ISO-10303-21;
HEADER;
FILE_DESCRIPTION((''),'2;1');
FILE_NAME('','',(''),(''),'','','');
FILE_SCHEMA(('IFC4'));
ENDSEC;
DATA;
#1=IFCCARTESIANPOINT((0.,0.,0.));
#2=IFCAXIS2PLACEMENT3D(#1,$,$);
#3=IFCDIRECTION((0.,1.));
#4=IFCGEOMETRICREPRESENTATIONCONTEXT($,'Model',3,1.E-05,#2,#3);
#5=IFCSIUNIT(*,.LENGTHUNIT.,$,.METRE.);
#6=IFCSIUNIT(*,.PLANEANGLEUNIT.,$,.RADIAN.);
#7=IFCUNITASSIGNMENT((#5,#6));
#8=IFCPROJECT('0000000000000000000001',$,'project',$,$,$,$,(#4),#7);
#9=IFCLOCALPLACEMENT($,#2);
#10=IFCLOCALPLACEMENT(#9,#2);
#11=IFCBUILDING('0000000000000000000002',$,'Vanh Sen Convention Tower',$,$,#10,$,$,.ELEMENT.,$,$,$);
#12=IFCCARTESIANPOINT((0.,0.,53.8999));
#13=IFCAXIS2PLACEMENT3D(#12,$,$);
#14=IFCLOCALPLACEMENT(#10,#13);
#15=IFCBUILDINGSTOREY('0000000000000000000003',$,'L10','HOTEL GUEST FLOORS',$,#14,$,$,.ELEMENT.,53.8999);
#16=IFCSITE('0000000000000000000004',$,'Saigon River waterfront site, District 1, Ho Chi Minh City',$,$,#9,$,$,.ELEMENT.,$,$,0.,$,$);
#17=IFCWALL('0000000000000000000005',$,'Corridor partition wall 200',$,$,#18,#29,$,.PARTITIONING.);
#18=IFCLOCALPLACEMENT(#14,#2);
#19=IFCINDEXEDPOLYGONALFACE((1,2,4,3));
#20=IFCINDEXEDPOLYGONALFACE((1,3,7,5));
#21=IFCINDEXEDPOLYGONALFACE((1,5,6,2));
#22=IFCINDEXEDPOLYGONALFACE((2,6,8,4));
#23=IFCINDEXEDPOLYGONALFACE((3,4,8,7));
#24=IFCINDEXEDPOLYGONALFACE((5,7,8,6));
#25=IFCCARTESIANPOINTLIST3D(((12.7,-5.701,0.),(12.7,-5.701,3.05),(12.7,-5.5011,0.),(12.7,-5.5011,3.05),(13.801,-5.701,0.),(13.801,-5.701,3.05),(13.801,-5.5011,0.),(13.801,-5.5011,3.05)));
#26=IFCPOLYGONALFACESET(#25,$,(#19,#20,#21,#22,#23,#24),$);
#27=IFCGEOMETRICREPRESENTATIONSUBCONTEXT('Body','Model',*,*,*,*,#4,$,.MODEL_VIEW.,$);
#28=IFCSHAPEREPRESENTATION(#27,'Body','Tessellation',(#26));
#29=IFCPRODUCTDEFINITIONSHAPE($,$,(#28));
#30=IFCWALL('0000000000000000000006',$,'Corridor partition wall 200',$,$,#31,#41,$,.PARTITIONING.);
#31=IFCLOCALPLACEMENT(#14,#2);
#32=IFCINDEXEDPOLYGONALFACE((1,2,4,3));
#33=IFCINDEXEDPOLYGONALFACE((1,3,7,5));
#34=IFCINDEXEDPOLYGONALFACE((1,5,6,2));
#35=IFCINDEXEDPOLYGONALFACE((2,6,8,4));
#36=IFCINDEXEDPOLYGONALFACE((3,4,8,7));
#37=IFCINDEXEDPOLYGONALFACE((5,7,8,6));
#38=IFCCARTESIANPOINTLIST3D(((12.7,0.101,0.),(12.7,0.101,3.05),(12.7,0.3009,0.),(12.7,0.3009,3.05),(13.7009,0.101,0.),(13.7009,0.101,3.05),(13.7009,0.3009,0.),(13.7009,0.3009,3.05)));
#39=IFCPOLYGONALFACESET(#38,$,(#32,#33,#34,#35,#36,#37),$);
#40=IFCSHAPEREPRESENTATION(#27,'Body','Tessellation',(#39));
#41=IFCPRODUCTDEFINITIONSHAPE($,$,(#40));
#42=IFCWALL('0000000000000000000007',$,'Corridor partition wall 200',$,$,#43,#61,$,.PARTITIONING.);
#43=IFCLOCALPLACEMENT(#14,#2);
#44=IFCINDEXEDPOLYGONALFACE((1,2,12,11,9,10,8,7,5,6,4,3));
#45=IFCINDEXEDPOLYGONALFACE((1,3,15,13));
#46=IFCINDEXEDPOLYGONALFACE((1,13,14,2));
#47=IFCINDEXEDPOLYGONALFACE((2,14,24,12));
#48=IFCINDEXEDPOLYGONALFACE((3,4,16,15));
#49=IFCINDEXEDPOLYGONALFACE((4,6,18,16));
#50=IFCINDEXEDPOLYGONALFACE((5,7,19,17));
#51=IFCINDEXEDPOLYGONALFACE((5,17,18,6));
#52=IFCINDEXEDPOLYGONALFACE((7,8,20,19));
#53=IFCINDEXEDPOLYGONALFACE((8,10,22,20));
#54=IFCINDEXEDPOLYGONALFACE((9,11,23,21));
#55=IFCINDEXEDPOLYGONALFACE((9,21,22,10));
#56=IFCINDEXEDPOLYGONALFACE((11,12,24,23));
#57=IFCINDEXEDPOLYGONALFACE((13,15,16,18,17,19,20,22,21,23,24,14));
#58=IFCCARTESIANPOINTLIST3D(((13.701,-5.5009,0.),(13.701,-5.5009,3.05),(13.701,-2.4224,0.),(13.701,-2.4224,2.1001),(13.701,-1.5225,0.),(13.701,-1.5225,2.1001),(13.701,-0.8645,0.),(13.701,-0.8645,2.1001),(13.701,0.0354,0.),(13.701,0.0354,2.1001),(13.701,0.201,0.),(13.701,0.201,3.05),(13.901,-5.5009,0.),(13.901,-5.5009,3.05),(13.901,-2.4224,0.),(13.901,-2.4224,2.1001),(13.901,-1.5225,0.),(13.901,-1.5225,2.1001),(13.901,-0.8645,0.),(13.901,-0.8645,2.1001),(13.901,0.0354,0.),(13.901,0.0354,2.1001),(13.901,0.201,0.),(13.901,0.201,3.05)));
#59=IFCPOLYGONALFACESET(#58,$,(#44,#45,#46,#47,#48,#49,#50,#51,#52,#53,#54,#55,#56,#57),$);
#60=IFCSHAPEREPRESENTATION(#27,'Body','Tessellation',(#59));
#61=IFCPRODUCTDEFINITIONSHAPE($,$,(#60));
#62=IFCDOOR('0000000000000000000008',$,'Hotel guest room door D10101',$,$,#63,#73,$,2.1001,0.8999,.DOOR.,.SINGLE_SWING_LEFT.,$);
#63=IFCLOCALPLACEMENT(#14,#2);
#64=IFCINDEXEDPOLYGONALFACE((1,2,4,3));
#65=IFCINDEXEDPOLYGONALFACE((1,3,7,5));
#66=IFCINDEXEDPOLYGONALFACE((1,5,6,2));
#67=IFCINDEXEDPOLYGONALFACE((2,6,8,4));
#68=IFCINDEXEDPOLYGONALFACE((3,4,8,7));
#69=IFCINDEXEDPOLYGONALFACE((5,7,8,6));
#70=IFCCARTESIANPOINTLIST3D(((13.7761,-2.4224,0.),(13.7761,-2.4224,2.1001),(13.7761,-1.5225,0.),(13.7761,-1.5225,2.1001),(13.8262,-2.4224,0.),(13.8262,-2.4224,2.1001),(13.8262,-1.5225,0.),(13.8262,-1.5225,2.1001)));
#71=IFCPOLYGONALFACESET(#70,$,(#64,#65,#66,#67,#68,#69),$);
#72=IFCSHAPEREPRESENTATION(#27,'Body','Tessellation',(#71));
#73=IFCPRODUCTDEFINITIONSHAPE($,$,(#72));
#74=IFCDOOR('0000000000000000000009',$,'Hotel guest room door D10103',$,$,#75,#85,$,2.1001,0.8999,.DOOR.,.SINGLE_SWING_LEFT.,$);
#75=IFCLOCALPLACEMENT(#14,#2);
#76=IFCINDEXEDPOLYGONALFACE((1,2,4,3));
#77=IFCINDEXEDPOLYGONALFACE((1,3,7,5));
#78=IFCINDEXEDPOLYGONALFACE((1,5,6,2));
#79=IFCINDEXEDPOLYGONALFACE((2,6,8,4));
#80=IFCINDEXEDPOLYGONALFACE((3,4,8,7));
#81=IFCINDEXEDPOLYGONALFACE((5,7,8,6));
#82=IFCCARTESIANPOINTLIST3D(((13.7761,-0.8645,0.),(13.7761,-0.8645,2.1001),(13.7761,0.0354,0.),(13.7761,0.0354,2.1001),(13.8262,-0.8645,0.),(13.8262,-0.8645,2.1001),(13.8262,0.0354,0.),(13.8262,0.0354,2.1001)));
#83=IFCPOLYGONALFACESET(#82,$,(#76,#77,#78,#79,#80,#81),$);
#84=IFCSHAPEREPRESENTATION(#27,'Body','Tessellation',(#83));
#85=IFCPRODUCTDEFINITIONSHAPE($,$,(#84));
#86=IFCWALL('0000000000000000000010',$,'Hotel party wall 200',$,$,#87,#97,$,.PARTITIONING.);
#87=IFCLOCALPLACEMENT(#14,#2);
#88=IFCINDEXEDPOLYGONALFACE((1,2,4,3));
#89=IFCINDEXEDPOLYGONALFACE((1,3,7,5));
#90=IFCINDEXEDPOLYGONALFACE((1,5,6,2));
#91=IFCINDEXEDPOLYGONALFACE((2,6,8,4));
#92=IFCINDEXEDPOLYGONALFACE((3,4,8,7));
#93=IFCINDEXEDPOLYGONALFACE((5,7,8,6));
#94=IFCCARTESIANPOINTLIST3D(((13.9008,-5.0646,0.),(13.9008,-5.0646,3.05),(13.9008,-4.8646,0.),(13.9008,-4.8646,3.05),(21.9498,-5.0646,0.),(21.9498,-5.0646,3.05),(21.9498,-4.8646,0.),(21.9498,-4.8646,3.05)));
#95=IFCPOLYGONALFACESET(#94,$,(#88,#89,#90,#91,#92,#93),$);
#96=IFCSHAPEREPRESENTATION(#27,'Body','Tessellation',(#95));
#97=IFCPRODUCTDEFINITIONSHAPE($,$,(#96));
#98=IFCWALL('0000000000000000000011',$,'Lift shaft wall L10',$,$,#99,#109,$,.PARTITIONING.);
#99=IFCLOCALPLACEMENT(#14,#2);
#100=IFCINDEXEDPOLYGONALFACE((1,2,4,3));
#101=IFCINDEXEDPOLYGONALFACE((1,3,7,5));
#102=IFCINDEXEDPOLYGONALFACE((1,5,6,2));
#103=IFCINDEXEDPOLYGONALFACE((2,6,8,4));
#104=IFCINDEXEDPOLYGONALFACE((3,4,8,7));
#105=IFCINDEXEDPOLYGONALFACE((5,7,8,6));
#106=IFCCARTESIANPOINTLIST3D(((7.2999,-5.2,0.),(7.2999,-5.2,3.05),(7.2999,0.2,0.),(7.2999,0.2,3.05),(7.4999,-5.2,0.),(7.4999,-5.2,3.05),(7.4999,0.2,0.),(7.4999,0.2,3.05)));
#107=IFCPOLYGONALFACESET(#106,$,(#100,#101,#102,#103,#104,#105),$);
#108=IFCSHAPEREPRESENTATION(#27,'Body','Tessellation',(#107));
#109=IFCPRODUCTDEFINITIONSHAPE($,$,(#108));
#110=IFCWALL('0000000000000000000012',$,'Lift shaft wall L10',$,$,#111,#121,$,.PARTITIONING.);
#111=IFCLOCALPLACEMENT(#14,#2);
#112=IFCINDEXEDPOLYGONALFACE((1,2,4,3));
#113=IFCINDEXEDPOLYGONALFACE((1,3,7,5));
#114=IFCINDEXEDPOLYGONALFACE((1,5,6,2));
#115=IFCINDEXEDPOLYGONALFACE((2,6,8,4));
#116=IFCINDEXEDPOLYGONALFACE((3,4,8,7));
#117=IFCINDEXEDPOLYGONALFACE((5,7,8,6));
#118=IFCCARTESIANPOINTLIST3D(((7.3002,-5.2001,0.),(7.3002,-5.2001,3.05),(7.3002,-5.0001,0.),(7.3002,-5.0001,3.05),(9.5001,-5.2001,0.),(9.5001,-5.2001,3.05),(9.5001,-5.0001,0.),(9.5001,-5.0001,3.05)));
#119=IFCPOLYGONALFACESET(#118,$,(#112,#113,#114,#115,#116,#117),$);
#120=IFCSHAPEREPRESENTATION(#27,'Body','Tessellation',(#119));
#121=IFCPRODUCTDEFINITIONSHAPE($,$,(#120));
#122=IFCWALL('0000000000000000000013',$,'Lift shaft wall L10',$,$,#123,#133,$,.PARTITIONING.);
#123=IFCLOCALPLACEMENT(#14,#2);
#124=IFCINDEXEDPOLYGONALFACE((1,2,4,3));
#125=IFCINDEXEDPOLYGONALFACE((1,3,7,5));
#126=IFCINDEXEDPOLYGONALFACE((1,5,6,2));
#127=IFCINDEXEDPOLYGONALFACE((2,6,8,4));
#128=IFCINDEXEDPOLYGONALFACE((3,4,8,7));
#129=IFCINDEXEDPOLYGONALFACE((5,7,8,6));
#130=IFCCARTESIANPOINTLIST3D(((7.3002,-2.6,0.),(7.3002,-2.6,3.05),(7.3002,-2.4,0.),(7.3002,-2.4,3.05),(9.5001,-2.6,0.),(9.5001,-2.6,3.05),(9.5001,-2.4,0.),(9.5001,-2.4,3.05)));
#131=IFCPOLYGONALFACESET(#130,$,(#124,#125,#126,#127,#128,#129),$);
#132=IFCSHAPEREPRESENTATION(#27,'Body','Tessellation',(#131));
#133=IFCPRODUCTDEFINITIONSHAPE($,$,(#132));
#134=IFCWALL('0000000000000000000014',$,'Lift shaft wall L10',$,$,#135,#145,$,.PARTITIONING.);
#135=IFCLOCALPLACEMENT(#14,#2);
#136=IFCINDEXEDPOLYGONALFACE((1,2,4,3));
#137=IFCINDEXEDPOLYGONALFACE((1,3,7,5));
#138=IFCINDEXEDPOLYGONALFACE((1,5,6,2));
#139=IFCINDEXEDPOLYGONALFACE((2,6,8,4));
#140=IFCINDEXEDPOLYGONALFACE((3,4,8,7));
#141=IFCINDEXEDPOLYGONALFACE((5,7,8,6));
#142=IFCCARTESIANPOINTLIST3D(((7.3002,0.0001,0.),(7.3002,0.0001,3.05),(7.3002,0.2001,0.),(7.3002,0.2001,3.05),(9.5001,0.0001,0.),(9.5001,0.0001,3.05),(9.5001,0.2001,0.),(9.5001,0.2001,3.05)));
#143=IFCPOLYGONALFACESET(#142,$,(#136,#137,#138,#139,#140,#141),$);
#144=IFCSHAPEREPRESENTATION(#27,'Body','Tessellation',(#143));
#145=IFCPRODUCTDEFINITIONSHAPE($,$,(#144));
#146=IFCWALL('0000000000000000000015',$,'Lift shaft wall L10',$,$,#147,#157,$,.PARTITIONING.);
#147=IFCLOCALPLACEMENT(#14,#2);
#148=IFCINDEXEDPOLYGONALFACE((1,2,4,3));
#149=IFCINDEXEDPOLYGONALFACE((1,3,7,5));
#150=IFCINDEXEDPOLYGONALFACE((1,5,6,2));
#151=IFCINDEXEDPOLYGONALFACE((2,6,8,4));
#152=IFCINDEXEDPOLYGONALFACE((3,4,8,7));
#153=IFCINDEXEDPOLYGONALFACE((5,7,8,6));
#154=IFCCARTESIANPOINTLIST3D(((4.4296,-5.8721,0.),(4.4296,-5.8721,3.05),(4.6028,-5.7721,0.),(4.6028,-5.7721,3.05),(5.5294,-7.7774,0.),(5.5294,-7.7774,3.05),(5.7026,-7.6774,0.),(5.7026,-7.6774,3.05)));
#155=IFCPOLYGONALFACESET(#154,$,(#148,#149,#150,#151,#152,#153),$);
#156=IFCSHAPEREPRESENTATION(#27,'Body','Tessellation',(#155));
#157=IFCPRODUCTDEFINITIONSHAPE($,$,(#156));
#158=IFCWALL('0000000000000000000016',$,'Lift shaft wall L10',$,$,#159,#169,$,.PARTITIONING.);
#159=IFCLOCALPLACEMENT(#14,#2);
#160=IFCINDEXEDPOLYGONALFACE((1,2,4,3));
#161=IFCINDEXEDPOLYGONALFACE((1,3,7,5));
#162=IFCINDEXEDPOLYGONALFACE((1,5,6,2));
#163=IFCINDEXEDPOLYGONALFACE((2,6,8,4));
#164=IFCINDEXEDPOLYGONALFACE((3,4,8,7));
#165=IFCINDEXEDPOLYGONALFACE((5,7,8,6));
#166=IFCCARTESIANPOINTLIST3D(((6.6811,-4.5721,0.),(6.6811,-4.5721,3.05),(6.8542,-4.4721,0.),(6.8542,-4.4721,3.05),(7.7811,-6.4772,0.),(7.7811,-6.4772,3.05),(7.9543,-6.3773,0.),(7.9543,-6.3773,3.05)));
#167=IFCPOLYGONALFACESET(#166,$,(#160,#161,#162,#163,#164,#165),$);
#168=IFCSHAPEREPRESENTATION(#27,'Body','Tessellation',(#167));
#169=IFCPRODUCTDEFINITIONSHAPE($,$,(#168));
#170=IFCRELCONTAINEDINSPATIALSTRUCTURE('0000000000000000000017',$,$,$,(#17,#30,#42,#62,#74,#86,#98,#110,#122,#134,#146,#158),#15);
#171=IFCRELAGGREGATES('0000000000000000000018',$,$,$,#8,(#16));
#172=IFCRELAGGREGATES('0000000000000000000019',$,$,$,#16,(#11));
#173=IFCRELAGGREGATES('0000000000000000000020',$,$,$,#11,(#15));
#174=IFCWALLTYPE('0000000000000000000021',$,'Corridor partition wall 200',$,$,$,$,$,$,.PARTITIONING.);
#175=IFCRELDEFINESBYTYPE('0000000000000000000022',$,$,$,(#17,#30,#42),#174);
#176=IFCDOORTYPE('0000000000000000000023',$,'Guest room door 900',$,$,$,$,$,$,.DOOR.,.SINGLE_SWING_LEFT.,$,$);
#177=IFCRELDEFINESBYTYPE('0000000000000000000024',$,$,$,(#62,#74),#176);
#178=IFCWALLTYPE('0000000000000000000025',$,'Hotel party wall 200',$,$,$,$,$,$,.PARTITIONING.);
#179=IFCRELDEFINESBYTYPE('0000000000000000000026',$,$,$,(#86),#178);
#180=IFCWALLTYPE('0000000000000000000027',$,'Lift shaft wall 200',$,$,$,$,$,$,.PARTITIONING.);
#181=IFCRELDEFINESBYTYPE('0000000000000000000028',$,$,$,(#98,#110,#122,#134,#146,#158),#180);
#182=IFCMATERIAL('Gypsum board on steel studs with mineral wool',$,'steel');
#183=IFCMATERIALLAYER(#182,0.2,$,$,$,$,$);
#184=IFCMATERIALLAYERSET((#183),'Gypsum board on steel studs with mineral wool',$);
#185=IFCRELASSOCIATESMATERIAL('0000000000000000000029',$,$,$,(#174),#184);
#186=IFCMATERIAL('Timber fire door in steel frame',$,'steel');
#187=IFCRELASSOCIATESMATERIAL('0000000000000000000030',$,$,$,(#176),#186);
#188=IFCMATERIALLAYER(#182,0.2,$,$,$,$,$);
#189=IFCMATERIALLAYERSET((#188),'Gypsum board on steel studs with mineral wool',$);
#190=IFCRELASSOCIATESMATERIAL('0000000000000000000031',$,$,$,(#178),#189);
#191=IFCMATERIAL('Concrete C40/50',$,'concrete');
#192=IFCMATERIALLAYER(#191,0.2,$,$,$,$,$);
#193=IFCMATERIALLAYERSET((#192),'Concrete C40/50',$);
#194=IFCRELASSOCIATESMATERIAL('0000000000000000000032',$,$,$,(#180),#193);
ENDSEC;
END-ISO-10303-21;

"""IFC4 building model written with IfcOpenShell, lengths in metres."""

from ifc_helpers import new_model, si_unit, direction, frame, frame_2d, origin, place, context, subcontext, project, spatial, rectangle, extrude, material, layer, layer_set, type_object, element, fill, save


model = new_model("IFC4")

# Units and contexts
model_context = context("Model", 3, precision=1e-05, world=origin(), true_north=direction((0.0, 1.0)))
body_context = subcontext(model_context, "Body", "Model", "MODEL_VIEW")
ifc_project = project(units=[si_unit("LENGTHUNIT", "METRE"), si_unit("PLANEANGLEUNIT", "RADIAN")], contexts=[model_context])

# Site, building, storey
site_placement = place(None, origin())
site = spatial("IfcSite", under=ifc_project, at=site_placement, Name="Saigon River waterfront site, District 1, Ho Chi Minh City", CompositionType="ELEMENT", RefElevation=0.0)
building_placement = place(site_placement, origin())
building = spatial("IfcBuilding", under=site, at=building_placement, Name="Vanh Sen Convention Tower", CompositionType="ELEMENT")
storey_placement = place(building_placement, frame((0.0, 0.0, 53.8999)))
storey = spatial("IfcBuildingStorey", under=building, at=storey_placement, Name="L10", Description="HOTEL GUEST FLOORS", CompositionType="ELEMENT", Elevation=53.8999)

# Shared definitions
ifc_material_1 = material(Name="Gypsum board on steel studs with mineral wool", Category="steel")
ifc_layer_1 = layer(ifc_material_1, 0.2)
ifc_layer_set_1 = layer_set([ifc_layer_1], Name="Gypsum board on steel studs with mineral wool")
wall_type_1 = type_object("IfcWallType", Name="Corridor partition wall 200", PredefinedType="PARTITIONING", material=ifc_layer_set_1)

# Shared definitions
ifc_material_2 = material(Name="Timber fire door in steel frame", Category="steel")
door_type_1 = type_object("IfcDoorType", Name="Guest room door 900", OperationType="SINGLE_SWING_LEFT", PredefinedType="DOOR", material=ifc_material_2)

# Walls
wall_1_placement = place(storey_placement, frame((12.7, -5.6011, 0.0), z_axis=(0.0, 0.0, 1.0), x_axis=(1.0, 0.0, 0.0)))
element("IfcWall", 1, at=wall_1_placement, inside=storey, type_object=wall_type_1, Name="Corridor partition wall 200", PredefinedType="PARTITIONING", context=body_context, shape_type="SweptSolid", body=[
    extrude(rectangle(XDim=1.1011, YDim=0.2, at=frame_2d((0.5505, 0.0))), origin(), (0.0, 0.0, 1.0), 3.05),
])
wall_2_placement = place(storey_placement, frame((13.7009, 0.2009, 0.0), z_axis=(0.0, 0.0, 1.0), x_axis=(-1.0, 0.0, 0.0)))
element("IfcWall", 2, at=wall_2_placement, inside=storey, type_object=wall_type_1, Name="Corridor partition wall 200", PredefinedType="PARTITIONING", context=body_context, shape_type="SweptSolid", body=[
    extrude(rectangle(XDim=1.001, YDim=0.2, at=frame_2d((0.5005, 0.0))), origin(), (0.0, 0.0, 1.0), 3.05),
])

# Wall, openings, doors
wall_3_placement = place(storey_placement, frame((13.801, -5.501, 0.0), z_axis=(0.0, 0.0, 1.0), x_axis=(0.0, 1.0, 0.0)))
wall_3 = element("IfcWall", 3, at=wall_3_placement, inside=storey, type_object=wall_type_1, Name="Corridor partition wall 200", PredefinedType="PARTITIONING", context=body_context, shape_type="SweptSolid", body=[
    extrude(rectangle(XDim=5.7019, YDim=0.2, at=frame_2d((2.8511, 0.0))), origin(), (0.0, 0.0, 1.0), 3.05),
])
opening_1_placement = place(wall_3_placement, frame((3.0786, 0.0, 0.0)))
opening_1 = element("IfcOpeningElement", 4, at=opening_1_placement, cuts=wall_3, PredefinedType="OPENING", context=body_context, shape_type="SweptSolid", body=[
    extrude(rectangle(XDim=0.8999, YDim=2.1001, at=frame_2d((0.45, 1.05))), frame((0.0, 0.1099, 0.0), z_axis=(0.0, -1.0, 0.0), x_axis=(1.0, 0.0, 0.0)), (0.0, 0.0, 1.0), 0.22),
])
opening_2_placement = place(wall_3_placement, frame((4.6365, 0.0, 0.0)))
opening_2 = element("IfcOpeningElement", 5, at=opening_2_placement, cuts=wall_3, PredefinedType="OPENING", context=body_context, shape_type="SweptSolid", body=[
    extrude(rectangle(XDim=0.8999, YDim=2.1001, at=frame_2d((0.45, 1.05))), frame((0.0, 0.1099, 0.0), z_axis=(0.0, -1.0, 0.0), x_axis=(1.0, 0.0, 0.0)), (0.0, 0.0, 1.0), 0.22),
])
door_1_placement = place(opening_1_placement, origin())
door_1 = element("IfcDoor", 6, at=door_1_placement, inside=storey, type_object=door_type_1, Name="Hotel guest room door D10101", OperationType="SINGLE_SWING_LEFT", OverallHeight=2.1001, OverallWidth=0.8999, PredefinedType="DOOR", context=body_context, shape_type="SweptSolid", body=[
    extrude(rectangle(XDim=0.8999, YDim=2.1001, at=frame_2d((0.45, 1.05))), frame((0.0, 0.0249, 0.0), z_axis=(0.0, -1.0, 0.0), x_axis=(1.0, 0.0, 0.0)), (0.0, 0.0, 1.0), 0.05),
])
fill(opening_1, door_1)
door_2_placement = place(opening_2_placement, origin())
door_2 = element("IfcDoor", 7, at=door_2_placement, inside=storey, type_object=door_type_1, Name="Hotel guest room door D10103", OperationType="SINGLE_SWING_LEFT", OverallHeight=2.1001, OverallWidth=0.8999, PredefinedType="DOOR", context=body_context, shape_type="SweptSolid", body=[
    extrude(rectangle(XDim=0.8999, YDim=2.1001, at=frame_2d((0.45, 1.05))), frame((0.0, 0.0249, 0.0), z_axis=(0.0, -1.0, 0.0), x_axis=(1.0, 0.0, 0.0)), (0.0, 0.0, 1.0), 0.05),
])
fill(opening_2, door_2)

# Walls
ifc_layer_2 = layer(ifc_material_1, 0.2)
ifc_layer_set_2 = layer_set([ifc_layer_2], Name="Gypsum board on steel studs with mineral wool")
wall_type_2 = type_object("IfcWallType", Name="Hotel party wall 200", PredefinedType="PARTITIONING", material=ifc_layer_set_2)
wall_4_placement = place(storey_placement, frame((13.9009, -4.9646, 0.0), z_axis=(0.0, 0.0, 1.0), x_axis=(1.0, 0.0, 0.0)))
element("IfcWall", 8, at=wall_4_placement, inside=storey, type_object=wall_type_2, Name="Hotel party wall 200", PredefinedType="PARTITIONING", context=body_context, shape_type="SweptSolid", body=[
    extrude(rectangle(XDim=8.0491, YDim=0.2, at=frame_2d((4.0244, 0.0))), origin(), (0.0, 0.0, 1.0), 3.05),
])
ifc_material_3 = material(Name="Concrete C40/50", Category="concrete")
ifc_layer_3 = layer(ifc_material_3, 0.2)
ifc_layer_set_3 = layer_set([ifc_layer_3], Name="Concrete C40/50")
wall_type_3 = type_object("IfcWallType", Name="Lift shaft wall 200", PredefinedType="PARTITIONING", material=ifc_layer_set_3)
wall_5_placement = place(storey_placement, frame((7.3999, -5.2, 0.0), z_axis=(0.0, 0.0, 1.0), x_axis=(0.0, 1.0, 0.0)))
element("IfcWall", 9, at=wall_5_placement, inside=storey, type_object=wall_type_3, Name="Lift shaft wall L10", PredefinedType="PARTITIONING", context=body_context, shape_type="SweptSolid", body=[
    extrude(rectangle(XDim=5.3999, YDim=0.2, at=frame_2d((2.7, 0.0))), origin(), (0.0, 0.0, 1.0), 3.05),
])
for number, where, z_axis, x_axis, name in (
    (10, (7.3, -5.1001, 0.0), (0.0, 0.0, 1.0), (1.0, 0.0, 0.0), "Lift shaft wall L10"),
    (11, (7.3, -2.5, 0.0), (0.0, 0.0, 1.0), (1.0, 0.0, 0.0), "Lift shaft wall L10"),
    (12, (7.3, 0.1001, 0.0), (0.0, 0.0, 1.0), (1.0, 0.0, 0.0), "Lift shaft wall L10"),
    (13, (4.5161, -5.822, 0.0), (0.0, 0.0, 1.0), (0.499947, -0.866056, 0.0), "Lift shaft wall L10"),
    (14, (6.7676, -4.522, 0.0), (0.0, 0.0, 1.0), (0.50003, -0.866008, 0.0), "Lift shaft wall L10"),
):
    element("IfcWall", number, at=place(storey_placement, frame(where, z_axis=z_axis, x_axis=x_axis)), inside=storey, type_object=wall_type_3, Name=name, PredefinedType="PARTITIONING", context=body_context, shape_type="SweptSolid", body=[
        extrude(rectangle(XDim=2.2, YDim=0.2, at=frame_2d((1.1001, 0.0))), origin(), (0.0, 0.0, 1.0), 3.05),
    ])

save(model, "model.ifc")
